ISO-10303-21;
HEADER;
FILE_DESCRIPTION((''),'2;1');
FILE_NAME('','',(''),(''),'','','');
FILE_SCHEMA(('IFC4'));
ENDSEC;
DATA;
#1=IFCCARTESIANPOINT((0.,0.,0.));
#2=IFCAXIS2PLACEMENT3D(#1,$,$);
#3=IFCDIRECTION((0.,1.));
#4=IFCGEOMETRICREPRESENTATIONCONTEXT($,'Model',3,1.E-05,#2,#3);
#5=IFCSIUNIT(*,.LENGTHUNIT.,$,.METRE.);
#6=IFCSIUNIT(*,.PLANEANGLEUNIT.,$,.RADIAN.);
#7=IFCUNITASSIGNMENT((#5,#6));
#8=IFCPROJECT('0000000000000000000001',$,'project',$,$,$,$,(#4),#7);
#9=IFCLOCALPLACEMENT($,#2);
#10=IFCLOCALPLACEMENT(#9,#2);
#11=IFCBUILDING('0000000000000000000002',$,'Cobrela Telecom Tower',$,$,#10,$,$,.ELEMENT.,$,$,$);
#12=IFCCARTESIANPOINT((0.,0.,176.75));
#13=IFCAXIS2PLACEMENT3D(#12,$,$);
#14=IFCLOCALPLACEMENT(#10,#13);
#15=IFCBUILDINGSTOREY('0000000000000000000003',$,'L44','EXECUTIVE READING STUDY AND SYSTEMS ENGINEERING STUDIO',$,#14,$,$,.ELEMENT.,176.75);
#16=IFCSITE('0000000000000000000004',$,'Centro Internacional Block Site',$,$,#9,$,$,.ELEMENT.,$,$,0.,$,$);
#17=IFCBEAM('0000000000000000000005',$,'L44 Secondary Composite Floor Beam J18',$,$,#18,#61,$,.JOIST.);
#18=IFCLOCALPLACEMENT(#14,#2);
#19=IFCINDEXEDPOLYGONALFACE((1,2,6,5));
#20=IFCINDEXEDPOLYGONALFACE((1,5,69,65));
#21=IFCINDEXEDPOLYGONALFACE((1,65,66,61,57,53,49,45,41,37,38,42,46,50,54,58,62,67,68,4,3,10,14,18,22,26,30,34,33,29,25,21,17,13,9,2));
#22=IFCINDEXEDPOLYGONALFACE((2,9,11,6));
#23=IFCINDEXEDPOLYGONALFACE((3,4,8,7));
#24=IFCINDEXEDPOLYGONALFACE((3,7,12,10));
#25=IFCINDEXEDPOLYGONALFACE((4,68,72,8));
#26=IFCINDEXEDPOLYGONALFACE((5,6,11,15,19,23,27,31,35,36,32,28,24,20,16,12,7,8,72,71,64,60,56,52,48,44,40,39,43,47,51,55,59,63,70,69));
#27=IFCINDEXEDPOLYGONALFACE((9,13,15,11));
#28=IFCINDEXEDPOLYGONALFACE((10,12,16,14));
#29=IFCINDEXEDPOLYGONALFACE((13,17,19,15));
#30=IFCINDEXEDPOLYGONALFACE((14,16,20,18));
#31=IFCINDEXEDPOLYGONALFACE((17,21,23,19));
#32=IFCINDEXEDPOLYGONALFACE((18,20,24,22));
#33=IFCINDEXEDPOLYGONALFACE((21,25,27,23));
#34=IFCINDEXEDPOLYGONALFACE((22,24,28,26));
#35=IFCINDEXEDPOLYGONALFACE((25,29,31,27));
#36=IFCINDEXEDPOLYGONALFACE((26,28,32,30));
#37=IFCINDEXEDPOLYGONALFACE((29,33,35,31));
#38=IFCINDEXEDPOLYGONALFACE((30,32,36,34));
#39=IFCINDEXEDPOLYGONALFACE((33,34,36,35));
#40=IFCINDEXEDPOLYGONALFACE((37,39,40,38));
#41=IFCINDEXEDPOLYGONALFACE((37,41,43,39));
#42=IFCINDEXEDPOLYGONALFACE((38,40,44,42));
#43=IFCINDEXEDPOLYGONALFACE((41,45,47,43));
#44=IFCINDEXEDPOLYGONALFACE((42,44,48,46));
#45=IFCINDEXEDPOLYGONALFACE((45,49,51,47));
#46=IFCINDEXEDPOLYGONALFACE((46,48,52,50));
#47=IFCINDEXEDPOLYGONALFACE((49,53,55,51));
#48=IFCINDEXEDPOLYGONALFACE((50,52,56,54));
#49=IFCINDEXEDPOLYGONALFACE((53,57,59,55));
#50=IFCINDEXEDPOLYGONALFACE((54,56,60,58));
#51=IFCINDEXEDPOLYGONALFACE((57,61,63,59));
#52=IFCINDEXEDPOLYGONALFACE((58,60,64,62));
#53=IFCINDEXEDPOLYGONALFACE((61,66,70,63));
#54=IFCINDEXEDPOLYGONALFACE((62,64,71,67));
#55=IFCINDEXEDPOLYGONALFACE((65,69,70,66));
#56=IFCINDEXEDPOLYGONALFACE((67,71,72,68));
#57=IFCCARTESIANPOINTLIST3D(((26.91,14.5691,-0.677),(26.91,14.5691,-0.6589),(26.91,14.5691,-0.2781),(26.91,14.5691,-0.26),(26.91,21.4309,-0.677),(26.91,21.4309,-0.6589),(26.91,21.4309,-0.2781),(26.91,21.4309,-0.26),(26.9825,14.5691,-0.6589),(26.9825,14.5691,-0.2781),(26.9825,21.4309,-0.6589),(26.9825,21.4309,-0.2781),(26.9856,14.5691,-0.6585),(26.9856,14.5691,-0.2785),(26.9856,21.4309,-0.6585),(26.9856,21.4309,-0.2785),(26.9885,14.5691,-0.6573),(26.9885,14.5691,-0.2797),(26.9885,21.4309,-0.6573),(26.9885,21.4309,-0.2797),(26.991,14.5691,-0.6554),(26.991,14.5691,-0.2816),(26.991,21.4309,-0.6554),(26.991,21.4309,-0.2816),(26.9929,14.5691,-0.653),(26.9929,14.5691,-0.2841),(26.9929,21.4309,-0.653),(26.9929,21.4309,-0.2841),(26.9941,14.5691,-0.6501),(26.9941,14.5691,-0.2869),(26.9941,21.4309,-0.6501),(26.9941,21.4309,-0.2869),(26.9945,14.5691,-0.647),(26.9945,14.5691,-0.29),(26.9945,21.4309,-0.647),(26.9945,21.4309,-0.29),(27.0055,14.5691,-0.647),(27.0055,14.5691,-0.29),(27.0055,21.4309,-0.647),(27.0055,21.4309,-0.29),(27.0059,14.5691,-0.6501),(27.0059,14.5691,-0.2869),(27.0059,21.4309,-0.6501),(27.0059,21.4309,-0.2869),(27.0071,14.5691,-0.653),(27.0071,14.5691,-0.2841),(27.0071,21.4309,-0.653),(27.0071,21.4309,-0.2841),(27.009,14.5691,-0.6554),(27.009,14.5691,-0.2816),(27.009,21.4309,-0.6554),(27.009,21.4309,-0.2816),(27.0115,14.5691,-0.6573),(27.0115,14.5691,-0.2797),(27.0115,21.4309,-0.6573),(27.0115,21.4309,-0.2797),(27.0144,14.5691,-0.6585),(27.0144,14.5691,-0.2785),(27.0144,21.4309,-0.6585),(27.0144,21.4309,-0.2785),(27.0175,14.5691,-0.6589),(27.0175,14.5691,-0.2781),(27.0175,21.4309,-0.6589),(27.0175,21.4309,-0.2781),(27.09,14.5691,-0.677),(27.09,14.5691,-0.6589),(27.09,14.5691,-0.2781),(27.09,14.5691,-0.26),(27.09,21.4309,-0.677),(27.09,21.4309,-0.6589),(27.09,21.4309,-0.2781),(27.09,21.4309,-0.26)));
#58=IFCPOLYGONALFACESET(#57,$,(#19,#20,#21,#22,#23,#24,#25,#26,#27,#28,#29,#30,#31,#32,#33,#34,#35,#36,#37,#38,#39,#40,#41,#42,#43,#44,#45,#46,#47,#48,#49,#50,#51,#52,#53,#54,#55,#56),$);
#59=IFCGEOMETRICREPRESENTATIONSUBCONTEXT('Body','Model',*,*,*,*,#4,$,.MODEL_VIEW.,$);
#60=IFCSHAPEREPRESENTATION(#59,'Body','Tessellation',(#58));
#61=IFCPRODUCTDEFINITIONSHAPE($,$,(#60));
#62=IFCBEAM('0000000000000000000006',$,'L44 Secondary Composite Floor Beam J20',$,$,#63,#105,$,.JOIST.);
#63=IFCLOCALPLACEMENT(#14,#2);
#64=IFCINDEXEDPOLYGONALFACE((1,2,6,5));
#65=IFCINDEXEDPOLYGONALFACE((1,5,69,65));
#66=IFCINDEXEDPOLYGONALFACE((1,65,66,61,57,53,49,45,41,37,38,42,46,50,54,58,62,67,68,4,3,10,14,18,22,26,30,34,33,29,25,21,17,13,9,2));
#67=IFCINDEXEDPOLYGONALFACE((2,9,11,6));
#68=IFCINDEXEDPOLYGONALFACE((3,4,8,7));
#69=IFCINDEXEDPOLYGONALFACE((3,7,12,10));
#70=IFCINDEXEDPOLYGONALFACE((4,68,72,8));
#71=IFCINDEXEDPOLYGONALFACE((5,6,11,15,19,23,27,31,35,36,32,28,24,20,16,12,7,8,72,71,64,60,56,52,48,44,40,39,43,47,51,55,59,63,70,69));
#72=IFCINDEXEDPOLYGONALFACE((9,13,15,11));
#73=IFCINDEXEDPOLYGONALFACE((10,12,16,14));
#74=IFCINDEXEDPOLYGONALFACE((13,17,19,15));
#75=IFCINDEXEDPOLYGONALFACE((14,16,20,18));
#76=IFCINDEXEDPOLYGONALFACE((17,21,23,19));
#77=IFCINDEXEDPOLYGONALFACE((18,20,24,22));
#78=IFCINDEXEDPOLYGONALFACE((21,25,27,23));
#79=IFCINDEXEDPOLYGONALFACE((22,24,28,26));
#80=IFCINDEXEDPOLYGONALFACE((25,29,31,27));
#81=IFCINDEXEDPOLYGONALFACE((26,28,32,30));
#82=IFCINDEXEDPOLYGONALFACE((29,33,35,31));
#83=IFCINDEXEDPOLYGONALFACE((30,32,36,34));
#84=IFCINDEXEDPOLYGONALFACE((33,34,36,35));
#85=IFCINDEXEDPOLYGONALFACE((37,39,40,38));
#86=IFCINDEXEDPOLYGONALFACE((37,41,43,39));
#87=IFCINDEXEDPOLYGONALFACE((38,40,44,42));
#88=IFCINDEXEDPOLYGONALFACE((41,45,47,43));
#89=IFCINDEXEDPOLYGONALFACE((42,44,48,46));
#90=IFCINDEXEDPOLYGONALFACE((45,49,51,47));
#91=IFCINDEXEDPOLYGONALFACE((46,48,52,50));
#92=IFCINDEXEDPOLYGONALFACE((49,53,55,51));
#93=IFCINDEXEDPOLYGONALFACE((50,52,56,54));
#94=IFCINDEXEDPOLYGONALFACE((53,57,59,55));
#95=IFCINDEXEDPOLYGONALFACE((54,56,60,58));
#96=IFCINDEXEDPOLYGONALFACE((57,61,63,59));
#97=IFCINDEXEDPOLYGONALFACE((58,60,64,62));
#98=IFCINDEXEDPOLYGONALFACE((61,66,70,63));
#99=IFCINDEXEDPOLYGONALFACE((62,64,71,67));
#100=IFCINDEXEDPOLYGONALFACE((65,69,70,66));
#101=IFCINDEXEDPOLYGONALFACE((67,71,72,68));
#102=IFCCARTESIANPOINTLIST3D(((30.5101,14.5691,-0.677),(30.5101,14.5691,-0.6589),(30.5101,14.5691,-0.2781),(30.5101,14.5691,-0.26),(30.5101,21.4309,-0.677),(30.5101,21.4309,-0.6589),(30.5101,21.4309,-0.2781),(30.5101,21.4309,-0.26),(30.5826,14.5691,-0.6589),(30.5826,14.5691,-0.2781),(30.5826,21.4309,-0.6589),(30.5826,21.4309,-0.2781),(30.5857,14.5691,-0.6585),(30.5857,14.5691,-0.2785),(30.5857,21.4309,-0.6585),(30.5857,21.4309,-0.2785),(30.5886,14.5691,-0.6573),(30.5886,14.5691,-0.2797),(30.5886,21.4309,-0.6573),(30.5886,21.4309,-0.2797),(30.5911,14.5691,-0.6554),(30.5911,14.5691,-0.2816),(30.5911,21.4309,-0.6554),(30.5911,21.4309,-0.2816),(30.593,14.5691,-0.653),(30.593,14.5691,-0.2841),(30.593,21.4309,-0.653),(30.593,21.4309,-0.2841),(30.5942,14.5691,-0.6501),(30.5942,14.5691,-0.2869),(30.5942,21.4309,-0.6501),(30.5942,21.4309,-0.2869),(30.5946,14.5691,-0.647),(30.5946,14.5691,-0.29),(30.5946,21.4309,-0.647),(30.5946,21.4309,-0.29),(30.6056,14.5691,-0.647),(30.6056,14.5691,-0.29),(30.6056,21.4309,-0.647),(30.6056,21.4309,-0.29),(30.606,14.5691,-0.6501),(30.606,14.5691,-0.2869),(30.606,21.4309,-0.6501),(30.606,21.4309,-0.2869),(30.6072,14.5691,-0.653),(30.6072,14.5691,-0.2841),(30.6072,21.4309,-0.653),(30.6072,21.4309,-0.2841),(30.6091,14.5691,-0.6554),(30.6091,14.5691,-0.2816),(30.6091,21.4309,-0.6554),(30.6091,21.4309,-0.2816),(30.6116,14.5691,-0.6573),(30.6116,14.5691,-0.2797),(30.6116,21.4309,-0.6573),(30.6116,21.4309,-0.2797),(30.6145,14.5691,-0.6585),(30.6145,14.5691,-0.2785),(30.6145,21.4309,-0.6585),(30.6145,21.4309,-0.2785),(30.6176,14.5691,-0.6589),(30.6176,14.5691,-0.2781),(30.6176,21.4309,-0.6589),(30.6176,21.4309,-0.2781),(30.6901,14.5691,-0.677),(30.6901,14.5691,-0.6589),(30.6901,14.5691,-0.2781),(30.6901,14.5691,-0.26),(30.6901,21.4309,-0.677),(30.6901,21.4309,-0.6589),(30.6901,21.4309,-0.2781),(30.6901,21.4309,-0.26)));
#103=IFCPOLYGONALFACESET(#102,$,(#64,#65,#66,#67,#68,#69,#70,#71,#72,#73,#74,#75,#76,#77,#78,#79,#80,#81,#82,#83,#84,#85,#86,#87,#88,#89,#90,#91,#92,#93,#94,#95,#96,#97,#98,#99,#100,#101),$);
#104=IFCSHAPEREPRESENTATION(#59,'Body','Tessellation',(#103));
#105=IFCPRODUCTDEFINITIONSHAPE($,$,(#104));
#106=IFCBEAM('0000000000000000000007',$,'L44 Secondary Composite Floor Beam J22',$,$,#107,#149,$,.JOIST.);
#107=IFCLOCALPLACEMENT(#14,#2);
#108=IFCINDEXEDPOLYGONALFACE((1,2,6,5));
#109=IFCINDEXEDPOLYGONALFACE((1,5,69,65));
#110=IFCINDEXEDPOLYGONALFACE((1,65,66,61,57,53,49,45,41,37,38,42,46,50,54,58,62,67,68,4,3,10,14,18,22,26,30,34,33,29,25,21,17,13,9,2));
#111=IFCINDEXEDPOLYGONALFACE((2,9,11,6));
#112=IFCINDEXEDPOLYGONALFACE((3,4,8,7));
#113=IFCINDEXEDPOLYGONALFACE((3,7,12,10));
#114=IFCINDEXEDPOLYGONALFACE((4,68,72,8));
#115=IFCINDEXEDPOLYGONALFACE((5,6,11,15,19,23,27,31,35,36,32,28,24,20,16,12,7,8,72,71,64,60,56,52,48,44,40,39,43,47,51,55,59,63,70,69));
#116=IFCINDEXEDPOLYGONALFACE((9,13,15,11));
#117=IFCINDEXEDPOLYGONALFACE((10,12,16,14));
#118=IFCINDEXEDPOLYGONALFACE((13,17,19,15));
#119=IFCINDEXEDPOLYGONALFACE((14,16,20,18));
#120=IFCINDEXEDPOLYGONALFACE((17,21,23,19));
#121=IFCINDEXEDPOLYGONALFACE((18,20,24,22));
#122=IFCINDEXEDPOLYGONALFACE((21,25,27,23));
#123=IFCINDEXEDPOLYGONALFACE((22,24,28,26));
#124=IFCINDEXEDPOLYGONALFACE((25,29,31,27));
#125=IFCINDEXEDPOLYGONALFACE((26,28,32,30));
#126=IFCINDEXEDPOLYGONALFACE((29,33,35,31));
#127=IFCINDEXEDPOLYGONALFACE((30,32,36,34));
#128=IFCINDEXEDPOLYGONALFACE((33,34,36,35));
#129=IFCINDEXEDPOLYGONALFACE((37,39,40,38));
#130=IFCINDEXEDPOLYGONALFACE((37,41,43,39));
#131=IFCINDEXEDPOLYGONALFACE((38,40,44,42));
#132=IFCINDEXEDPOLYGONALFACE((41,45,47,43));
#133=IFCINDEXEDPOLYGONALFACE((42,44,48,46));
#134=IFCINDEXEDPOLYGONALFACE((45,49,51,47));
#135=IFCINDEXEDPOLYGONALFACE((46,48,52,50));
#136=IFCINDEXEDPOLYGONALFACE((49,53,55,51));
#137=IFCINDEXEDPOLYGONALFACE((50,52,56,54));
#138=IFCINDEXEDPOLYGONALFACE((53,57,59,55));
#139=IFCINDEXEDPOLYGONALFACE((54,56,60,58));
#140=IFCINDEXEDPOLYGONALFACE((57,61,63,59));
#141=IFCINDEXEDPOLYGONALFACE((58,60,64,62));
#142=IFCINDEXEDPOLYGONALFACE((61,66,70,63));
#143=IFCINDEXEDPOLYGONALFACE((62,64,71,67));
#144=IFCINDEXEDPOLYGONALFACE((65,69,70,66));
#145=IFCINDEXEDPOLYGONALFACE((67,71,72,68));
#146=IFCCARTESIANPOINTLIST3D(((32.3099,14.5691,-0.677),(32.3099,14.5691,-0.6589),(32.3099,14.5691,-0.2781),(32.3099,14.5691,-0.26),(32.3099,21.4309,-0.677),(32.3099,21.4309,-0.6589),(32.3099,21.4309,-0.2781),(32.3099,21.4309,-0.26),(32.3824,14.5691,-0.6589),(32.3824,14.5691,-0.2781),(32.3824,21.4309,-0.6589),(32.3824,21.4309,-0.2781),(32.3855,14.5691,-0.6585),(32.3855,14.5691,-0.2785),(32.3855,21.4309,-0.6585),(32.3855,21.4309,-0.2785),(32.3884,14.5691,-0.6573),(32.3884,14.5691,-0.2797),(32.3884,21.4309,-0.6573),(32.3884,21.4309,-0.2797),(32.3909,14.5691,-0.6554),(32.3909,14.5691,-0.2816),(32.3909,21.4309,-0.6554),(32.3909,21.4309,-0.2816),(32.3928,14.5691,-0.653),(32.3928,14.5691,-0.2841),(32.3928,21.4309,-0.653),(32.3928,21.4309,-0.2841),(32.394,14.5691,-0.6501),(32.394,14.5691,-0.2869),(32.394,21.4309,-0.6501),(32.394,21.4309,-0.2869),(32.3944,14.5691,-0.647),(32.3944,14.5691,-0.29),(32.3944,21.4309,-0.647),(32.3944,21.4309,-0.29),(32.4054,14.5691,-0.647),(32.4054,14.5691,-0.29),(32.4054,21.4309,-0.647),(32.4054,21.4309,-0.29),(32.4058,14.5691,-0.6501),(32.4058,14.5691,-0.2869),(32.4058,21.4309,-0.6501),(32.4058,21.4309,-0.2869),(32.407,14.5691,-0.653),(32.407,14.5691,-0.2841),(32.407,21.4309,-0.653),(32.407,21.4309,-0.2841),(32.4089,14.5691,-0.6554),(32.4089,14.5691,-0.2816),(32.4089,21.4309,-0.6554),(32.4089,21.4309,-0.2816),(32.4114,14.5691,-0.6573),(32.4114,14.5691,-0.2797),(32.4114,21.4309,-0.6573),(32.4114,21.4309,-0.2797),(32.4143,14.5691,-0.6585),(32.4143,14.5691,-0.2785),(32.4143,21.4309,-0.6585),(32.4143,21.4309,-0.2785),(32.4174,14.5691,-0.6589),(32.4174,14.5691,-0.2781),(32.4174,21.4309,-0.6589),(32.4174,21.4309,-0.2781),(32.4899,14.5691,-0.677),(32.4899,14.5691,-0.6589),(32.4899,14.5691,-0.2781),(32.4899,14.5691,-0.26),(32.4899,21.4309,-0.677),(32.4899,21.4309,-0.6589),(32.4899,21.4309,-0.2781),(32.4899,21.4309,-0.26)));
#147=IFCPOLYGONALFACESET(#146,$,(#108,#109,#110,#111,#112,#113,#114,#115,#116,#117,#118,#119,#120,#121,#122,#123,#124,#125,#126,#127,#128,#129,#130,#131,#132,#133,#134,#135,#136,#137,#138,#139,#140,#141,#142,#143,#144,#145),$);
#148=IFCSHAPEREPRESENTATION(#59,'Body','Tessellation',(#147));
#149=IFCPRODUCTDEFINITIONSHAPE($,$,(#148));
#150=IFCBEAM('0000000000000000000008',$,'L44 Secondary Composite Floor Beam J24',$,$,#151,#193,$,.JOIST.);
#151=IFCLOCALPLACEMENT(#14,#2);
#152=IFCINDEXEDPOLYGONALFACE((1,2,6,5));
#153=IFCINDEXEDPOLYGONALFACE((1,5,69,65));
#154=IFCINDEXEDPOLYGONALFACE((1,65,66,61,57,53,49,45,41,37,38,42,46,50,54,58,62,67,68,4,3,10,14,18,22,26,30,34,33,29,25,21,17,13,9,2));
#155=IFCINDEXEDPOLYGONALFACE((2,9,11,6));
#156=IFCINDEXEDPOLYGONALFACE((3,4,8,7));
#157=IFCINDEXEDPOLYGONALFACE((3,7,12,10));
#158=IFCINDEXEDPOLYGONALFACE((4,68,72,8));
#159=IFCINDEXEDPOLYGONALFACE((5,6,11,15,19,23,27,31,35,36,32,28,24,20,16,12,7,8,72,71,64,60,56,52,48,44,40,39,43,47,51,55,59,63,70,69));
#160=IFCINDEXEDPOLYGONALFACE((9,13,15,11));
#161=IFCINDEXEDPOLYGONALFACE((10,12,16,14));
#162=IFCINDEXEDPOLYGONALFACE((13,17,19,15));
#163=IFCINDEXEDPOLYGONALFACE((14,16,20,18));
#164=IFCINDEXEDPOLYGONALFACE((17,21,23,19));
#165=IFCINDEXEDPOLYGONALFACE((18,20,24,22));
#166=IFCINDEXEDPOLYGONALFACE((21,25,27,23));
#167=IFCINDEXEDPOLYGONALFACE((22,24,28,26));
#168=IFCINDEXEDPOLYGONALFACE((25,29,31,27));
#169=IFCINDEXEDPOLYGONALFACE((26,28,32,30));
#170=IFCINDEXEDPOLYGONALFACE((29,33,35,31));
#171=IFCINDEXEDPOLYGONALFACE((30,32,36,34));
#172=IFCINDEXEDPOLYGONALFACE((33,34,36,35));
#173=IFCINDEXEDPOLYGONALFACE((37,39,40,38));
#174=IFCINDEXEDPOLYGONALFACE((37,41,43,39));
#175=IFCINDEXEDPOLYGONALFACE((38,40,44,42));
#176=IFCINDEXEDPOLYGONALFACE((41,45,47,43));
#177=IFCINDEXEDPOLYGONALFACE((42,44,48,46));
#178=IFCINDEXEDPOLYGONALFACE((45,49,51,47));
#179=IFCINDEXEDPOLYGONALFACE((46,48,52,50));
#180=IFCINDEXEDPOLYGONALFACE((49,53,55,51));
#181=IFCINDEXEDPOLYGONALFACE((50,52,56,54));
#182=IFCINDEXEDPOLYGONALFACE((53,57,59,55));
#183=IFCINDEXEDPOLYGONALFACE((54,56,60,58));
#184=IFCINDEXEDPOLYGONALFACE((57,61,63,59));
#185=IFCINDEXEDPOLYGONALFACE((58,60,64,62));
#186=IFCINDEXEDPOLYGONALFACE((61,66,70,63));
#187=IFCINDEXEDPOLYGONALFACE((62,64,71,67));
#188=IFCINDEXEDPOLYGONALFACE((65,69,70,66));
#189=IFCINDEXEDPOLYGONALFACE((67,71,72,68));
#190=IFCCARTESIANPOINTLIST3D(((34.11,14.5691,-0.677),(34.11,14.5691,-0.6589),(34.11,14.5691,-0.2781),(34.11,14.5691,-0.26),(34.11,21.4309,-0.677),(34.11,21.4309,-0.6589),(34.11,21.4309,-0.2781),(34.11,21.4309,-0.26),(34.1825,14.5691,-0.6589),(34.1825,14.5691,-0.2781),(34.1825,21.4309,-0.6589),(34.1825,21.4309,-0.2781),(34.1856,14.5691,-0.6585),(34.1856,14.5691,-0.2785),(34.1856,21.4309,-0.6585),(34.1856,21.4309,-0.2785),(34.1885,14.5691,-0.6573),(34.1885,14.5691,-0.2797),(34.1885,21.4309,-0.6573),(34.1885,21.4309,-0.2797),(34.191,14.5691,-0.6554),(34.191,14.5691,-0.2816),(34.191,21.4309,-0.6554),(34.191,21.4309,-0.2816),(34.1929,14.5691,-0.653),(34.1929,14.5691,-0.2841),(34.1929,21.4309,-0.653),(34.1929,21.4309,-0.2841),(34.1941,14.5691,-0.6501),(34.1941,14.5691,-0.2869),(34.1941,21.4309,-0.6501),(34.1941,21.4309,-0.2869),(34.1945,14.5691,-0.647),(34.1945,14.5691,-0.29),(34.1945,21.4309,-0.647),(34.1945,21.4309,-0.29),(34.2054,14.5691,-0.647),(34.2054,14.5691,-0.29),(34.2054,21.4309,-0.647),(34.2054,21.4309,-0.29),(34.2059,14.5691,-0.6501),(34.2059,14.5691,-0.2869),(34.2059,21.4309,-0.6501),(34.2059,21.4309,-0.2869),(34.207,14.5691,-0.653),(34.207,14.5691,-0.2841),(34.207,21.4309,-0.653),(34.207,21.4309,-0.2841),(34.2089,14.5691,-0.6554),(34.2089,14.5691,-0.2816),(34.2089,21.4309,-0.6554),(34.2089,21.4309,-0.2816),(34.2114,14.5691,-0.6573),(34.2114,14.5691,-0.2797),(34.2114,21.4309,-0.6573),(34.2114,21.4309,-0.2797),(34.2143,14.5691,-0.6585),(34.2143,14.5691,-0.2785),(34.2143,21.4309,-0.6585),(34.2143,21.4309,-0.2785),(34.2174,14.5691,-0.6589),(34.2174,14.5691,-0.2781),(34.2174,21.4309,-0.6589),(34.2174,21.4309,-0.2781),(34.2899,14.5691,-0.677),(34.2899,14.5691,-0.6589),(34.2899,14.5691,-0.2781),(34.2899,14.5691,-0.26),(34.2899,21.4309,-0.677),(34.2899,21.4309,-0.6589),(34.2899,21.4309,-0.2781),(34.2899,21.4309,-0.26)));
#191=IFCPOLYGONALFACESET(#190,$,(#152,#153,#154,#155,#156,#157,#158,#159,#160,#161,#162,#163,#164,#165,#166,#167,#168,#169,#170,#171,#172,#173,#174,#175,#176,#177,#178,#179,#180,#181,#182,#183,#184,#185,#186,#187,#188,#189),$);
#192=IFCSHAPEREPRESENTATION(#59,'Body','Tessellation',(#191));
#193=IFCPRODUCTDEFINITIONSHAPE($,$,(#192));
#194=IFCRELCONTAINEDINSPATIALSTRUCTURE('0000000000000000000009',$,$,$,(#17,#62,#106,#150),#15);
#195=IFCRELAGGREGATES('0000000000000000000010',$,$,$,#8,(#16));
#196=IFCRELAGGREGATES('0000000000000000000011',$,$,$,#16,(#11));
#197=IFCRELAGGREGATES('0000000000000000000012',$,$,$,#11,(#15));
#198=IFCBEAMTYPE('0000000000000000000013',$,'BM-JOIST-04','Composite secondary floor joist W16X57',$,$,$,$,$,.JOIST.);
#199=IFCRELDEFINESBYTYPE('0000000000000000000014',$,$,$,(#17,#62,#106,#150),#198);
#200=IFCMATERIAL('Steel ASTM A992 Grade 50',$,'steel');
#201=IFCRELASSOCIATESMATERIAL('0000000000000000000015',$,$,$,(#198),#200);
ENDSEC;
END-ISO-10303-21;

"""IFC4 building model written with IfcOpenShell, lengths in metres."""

from ifc_helpers import new_model, si_unit, direction, frame, origin, origin_2d, place, context, subcontext, project, spatial, i_section, extrude, material, material_profile, profile_set, type_object, element, save


model = new_model("IFC4")

# Units and contexts
model_context = context("Model", 3, precision=1e-05, world=origin(), true_north=direction((0.0, 1.0)))
body_context = subcontext(model_context, "Body", "Model", "MODEL_VIEW")
ifc_project = project(units=[si_unit("LENGTHUNIT", "METRE"), si_unit("PLANEANGLEUNIT", "RADIAN")], contexts=[model_context])

# Site, building, storey
site_placement = place(None, origin())
site = spatial("IfcSite", under=ifc_project, at=site_placement, Name="Centro Internacional Block Site", CompositionType="ELEMENT", RefElevation=0.0)
building_placement = place(site_placement, origin())
building = spatial("IfcBuilding", under=site, at=building_placement, Name="Cobrela Telecom Tower", CompositionType="ELEMENT")
storey_placement = place(building_placement, frame((0.0, 0.0, 176.75)))
storey = spatial("IfcBuildingStorey", under=building, at=storey_placement, Name="L44", Description="EXECUTIVE READING STUDY AND SYSTEMS ENGINEERING STUDIO", CompositionType="ELEMENT", Elevation=176.75)

# Shared definitions
ifc_material_1 = material(Name="Steel ASTM A992 Grade 50", Category="steel")

# Beams
ifc_material_profile_1 = material_profile(ifc_material_1, i_section(OverallWidth=0.1799, OverallDepth=0.417, WebThickness=0.011, FlangeThickness=0.0181, FilletRadius=0.012, at=origin_2d()), Name="W16X57")
ifc_profile_set_1 = profile_set([ifc_material_profile_1], Name="Steel ASTM A992 Grade 50")
beam_type_1 = type_object("IfcBeamType", Name="BM-JOIST-04", Description="Composite secondary floor joist W16X57", PredefinedType="JOIST", material=ifc_profile_set_1)
for number, where, z_axis, x_axis, name in (
    (1, (27.0, 14.5691, -0.4685), (0.0, 1.0, 0.0), (-1.0, 0.0, 0.0), "L44 Secondary Composite Floor Beam J18"),
    (2, (30.6001, 14.5691, -0.4685), (0.0, 1.0, 0.0), (-1.0, 0.0, 0.0), "L44 Secondary Composite Floor Beam J20"),
    (3, (32.3999, 14.5691, -0.4685), (0.0, 1.0, 0.0), (-1.0, 0.0, 0.0), "L44 Secondary Composite Floor Beam J22"),
    (4, (34.2, 14.5691, -0.4685), (0.0, 1.0, 0.0), (-1.0, 0.0, 0.0), "L44 Secondary Composite Floor Beam J24"),
):
    element("IfcBeam", number, at=place(storey_placement, frame(where, z_axis=z_axis, x_axis=x_axis)), inside=storey, type_object=beam_type_1, Name=name, PredefinedType="JOIST", context=body_context, shape_type="SweptSolid", body=[
        extrude(i_section(OverallWidth=0.1799, OverallDepth=0.417, WebThickness=0.011, FlangeThickness=0.0181, FilletRadius=0.012, at=origin_2d()), origin(), (0.0, 0.0, 1.0), 6.8618),
    ])

save(model, "model.ifc")
